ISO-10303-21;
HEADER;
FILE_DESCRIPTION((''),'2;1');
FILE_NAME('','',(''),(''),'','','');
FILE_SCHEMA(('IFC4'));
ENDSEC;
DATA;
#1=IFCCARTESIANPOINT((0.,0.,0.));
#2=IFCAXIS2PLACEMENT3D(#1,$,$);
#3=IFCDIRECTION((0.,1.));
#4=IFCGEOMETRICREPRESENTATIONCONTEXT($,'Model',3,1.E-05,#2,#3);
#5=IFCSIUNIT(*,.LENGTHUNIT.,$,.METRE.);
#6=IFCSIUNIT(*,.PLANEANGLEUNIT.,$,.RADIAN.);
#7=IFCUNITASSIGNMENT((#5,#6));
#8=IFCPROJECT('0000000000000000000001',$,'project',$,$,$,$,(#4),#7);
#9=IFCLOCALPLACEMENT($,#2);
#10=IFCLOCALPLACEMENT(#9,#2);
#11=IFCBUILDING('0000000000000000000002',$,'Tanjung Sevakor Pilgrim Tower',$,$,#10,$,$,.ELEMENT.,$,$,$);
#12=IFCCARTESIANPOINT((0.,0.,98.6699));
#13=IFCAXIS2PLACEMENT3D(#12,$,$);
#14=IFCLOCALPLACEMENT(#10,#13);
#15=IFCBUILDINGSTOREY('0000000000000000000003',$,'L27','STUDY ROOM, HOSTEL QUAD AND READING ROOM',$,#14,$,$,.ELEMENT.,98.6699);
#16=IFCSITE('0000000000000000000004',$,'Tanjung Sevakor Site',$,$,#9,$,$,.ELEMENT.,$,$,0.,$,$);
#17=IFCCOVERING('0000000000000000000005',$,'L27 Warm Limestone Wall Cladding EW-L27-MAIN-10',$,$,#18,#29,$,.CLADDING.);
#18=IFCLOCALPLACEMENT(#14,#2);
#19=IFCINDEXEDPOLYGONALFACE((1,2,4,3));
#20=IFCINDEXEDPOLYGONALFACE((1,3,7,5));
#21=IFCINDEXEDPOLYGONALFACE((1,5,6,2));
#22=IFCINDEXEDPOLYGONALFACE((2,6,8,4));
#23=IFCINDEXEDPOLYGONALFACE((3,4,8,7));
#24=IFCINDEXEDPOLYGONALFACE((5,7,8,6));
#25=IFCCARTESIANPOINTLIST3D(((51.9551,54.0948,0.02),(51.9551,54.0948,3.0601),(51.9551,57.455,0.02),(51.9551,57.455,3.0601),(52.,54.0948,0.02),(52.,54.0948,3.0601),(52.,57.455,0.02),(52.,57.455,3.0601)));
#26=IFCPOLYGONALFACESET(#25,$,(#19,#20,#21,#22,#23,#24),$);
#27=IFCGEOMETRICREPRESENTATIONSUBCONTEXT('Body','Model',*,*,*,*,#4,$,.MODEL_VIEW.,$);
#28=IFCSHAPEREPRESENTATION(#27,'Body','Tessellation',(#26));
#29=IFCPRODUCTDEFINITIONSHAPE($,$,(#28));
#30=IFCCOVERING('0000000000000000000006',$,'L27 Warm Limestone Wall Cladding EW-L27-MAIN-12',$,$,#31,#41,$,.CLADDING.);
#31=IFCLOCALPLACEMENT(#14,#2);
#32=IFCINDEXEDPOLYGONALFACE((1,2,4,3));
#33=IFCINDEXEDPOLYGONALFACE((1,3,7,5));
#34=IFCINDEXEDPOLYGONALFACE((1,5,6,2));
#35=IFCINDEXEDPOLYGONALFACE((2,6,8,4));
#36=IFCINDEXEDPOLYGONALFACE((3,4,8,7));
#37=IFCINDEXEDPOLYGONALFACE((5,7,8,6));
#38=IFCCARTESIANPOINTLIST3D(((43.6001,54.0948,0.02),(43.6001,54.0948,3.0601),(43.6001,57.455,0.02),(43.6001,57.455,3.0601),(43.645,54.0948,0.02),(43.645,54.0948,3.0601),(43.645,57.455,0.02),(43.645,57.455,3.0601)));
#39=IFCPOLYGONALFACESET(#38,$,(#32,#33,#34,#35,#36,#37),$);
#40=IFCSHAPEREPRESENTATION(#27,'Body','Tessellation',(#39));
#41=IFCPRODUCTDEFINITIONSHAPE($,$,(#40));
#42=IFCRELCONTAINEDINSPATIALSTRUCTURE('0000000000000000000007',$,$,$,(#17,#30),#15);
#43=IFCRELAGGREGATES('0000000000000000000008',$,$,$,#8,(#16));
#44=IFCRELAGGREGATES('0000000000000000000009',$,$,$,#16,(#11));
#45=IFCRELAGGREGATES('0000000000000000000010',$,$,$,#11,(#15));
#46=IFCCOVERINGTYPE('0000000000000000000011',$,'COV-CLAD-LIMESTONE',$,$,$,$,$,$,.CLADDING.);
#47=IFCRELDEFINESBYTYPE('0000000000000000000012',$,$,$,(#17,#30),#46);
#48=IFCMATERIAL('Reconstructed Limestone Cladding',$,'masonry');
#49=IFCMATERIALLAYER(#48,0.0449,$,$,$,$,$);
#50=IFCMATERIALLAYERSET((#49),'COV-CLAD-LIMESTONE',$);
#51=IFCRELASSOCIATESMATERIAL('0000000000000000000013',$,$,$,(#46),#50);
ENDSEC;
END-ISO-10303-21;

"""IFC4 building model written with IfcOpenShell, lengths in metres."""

from ifc_helpers import new_model, si_unit, direction, frame, origin, origin_2d, place, context, subcontext, project, spatial, rectangle, extrude, material, layer, layer_set, type_object, element, save


model = new_model("IFC4")

# Units and contexts
model_context = context("Model", 3, precision=1e-05, world=origin(), true_north=direction((0.0, 1.0)))
body_context = subcontext(model_context, "Body", "Model", "MODEL_VIEW")
ifc_project = project(units=[si_unit("LENGTHUNIT", "METRE"), si_unit("PLANEANGLEUNIT", "RADIAN")], contexts=[model_context])

# Site, building, storey
site_placement = place(None, origin())
site = spatial("IfcSite", under=ifc_project, at=site_placement, Name="Tanjung Sevakor Site", CompositionType="ELEMENT", RefElevation=0.0)
building_placement = place(site_placement, origin())
building = spatial("IfcBuilding", under=site, at=building_placement, Name="Tanjung Sevakor Pilgrim Tower", CompositionType="ELEMENT")
storey_placement = place(building_placement, frame((0.0, 0.0, 98.6699)))
storey = spatial("IfcBuildingStorey", under=building, at=storey_placement, Name="L27", Description="STUDY ROOM, HOSTEL QUAD AND READING ROOM", CompositionType="ELEMENT", Elevation=98.6699)

# Coverings
ifc_material_1 = material(Name="Reconstructed Limestone Cladding", Category="masonry")
ifc_layer_1 = layer(ifc_material_1, 0.0449)
ifc_layer_set_1 = layer_set([ifc_layer_1], Name="COV-CLAD-LIMESTONE")
covering_type = type_object("IfcCoveringType", Name="COV-CLAD-LIMESTONE", PredefinedType="CLADDING", material=ifc_layer_set_1)
for number, where, z_axis, x_axis, name in (
    (1, (51.9775, 55.7749, 0.02), (0.0, 0.0, 1.0), (0.0, -1.0, 0.0), "L27 Warm Limestone Wall Cladding EW-L27-MAIN-10"),
    (2, (43.6226, 55.7749, 0.02), (0.0, 0.0, 1.0), (0.0, 1.0, 0.0), "L27 Warm Limestone Wall Cladding EW-L27-MAIN-12"),
):
    element("IfcCovering", number, at=place(storey_placement, frame(where, z_axis=z_axis, x_axis=x_axis)), inside=storey, type_object=covering_type, Name=name, PredefinedType="CLADDING", context=body_context, shape_type="SweptSolid", body=[
        extrude(rectangle(XDim=3.3601, YDim=0.0449, at=origin_2d()), origin(), (0.0, 0.0, 1.0), 3.04),
    ])

save(model, "model.ifc")
